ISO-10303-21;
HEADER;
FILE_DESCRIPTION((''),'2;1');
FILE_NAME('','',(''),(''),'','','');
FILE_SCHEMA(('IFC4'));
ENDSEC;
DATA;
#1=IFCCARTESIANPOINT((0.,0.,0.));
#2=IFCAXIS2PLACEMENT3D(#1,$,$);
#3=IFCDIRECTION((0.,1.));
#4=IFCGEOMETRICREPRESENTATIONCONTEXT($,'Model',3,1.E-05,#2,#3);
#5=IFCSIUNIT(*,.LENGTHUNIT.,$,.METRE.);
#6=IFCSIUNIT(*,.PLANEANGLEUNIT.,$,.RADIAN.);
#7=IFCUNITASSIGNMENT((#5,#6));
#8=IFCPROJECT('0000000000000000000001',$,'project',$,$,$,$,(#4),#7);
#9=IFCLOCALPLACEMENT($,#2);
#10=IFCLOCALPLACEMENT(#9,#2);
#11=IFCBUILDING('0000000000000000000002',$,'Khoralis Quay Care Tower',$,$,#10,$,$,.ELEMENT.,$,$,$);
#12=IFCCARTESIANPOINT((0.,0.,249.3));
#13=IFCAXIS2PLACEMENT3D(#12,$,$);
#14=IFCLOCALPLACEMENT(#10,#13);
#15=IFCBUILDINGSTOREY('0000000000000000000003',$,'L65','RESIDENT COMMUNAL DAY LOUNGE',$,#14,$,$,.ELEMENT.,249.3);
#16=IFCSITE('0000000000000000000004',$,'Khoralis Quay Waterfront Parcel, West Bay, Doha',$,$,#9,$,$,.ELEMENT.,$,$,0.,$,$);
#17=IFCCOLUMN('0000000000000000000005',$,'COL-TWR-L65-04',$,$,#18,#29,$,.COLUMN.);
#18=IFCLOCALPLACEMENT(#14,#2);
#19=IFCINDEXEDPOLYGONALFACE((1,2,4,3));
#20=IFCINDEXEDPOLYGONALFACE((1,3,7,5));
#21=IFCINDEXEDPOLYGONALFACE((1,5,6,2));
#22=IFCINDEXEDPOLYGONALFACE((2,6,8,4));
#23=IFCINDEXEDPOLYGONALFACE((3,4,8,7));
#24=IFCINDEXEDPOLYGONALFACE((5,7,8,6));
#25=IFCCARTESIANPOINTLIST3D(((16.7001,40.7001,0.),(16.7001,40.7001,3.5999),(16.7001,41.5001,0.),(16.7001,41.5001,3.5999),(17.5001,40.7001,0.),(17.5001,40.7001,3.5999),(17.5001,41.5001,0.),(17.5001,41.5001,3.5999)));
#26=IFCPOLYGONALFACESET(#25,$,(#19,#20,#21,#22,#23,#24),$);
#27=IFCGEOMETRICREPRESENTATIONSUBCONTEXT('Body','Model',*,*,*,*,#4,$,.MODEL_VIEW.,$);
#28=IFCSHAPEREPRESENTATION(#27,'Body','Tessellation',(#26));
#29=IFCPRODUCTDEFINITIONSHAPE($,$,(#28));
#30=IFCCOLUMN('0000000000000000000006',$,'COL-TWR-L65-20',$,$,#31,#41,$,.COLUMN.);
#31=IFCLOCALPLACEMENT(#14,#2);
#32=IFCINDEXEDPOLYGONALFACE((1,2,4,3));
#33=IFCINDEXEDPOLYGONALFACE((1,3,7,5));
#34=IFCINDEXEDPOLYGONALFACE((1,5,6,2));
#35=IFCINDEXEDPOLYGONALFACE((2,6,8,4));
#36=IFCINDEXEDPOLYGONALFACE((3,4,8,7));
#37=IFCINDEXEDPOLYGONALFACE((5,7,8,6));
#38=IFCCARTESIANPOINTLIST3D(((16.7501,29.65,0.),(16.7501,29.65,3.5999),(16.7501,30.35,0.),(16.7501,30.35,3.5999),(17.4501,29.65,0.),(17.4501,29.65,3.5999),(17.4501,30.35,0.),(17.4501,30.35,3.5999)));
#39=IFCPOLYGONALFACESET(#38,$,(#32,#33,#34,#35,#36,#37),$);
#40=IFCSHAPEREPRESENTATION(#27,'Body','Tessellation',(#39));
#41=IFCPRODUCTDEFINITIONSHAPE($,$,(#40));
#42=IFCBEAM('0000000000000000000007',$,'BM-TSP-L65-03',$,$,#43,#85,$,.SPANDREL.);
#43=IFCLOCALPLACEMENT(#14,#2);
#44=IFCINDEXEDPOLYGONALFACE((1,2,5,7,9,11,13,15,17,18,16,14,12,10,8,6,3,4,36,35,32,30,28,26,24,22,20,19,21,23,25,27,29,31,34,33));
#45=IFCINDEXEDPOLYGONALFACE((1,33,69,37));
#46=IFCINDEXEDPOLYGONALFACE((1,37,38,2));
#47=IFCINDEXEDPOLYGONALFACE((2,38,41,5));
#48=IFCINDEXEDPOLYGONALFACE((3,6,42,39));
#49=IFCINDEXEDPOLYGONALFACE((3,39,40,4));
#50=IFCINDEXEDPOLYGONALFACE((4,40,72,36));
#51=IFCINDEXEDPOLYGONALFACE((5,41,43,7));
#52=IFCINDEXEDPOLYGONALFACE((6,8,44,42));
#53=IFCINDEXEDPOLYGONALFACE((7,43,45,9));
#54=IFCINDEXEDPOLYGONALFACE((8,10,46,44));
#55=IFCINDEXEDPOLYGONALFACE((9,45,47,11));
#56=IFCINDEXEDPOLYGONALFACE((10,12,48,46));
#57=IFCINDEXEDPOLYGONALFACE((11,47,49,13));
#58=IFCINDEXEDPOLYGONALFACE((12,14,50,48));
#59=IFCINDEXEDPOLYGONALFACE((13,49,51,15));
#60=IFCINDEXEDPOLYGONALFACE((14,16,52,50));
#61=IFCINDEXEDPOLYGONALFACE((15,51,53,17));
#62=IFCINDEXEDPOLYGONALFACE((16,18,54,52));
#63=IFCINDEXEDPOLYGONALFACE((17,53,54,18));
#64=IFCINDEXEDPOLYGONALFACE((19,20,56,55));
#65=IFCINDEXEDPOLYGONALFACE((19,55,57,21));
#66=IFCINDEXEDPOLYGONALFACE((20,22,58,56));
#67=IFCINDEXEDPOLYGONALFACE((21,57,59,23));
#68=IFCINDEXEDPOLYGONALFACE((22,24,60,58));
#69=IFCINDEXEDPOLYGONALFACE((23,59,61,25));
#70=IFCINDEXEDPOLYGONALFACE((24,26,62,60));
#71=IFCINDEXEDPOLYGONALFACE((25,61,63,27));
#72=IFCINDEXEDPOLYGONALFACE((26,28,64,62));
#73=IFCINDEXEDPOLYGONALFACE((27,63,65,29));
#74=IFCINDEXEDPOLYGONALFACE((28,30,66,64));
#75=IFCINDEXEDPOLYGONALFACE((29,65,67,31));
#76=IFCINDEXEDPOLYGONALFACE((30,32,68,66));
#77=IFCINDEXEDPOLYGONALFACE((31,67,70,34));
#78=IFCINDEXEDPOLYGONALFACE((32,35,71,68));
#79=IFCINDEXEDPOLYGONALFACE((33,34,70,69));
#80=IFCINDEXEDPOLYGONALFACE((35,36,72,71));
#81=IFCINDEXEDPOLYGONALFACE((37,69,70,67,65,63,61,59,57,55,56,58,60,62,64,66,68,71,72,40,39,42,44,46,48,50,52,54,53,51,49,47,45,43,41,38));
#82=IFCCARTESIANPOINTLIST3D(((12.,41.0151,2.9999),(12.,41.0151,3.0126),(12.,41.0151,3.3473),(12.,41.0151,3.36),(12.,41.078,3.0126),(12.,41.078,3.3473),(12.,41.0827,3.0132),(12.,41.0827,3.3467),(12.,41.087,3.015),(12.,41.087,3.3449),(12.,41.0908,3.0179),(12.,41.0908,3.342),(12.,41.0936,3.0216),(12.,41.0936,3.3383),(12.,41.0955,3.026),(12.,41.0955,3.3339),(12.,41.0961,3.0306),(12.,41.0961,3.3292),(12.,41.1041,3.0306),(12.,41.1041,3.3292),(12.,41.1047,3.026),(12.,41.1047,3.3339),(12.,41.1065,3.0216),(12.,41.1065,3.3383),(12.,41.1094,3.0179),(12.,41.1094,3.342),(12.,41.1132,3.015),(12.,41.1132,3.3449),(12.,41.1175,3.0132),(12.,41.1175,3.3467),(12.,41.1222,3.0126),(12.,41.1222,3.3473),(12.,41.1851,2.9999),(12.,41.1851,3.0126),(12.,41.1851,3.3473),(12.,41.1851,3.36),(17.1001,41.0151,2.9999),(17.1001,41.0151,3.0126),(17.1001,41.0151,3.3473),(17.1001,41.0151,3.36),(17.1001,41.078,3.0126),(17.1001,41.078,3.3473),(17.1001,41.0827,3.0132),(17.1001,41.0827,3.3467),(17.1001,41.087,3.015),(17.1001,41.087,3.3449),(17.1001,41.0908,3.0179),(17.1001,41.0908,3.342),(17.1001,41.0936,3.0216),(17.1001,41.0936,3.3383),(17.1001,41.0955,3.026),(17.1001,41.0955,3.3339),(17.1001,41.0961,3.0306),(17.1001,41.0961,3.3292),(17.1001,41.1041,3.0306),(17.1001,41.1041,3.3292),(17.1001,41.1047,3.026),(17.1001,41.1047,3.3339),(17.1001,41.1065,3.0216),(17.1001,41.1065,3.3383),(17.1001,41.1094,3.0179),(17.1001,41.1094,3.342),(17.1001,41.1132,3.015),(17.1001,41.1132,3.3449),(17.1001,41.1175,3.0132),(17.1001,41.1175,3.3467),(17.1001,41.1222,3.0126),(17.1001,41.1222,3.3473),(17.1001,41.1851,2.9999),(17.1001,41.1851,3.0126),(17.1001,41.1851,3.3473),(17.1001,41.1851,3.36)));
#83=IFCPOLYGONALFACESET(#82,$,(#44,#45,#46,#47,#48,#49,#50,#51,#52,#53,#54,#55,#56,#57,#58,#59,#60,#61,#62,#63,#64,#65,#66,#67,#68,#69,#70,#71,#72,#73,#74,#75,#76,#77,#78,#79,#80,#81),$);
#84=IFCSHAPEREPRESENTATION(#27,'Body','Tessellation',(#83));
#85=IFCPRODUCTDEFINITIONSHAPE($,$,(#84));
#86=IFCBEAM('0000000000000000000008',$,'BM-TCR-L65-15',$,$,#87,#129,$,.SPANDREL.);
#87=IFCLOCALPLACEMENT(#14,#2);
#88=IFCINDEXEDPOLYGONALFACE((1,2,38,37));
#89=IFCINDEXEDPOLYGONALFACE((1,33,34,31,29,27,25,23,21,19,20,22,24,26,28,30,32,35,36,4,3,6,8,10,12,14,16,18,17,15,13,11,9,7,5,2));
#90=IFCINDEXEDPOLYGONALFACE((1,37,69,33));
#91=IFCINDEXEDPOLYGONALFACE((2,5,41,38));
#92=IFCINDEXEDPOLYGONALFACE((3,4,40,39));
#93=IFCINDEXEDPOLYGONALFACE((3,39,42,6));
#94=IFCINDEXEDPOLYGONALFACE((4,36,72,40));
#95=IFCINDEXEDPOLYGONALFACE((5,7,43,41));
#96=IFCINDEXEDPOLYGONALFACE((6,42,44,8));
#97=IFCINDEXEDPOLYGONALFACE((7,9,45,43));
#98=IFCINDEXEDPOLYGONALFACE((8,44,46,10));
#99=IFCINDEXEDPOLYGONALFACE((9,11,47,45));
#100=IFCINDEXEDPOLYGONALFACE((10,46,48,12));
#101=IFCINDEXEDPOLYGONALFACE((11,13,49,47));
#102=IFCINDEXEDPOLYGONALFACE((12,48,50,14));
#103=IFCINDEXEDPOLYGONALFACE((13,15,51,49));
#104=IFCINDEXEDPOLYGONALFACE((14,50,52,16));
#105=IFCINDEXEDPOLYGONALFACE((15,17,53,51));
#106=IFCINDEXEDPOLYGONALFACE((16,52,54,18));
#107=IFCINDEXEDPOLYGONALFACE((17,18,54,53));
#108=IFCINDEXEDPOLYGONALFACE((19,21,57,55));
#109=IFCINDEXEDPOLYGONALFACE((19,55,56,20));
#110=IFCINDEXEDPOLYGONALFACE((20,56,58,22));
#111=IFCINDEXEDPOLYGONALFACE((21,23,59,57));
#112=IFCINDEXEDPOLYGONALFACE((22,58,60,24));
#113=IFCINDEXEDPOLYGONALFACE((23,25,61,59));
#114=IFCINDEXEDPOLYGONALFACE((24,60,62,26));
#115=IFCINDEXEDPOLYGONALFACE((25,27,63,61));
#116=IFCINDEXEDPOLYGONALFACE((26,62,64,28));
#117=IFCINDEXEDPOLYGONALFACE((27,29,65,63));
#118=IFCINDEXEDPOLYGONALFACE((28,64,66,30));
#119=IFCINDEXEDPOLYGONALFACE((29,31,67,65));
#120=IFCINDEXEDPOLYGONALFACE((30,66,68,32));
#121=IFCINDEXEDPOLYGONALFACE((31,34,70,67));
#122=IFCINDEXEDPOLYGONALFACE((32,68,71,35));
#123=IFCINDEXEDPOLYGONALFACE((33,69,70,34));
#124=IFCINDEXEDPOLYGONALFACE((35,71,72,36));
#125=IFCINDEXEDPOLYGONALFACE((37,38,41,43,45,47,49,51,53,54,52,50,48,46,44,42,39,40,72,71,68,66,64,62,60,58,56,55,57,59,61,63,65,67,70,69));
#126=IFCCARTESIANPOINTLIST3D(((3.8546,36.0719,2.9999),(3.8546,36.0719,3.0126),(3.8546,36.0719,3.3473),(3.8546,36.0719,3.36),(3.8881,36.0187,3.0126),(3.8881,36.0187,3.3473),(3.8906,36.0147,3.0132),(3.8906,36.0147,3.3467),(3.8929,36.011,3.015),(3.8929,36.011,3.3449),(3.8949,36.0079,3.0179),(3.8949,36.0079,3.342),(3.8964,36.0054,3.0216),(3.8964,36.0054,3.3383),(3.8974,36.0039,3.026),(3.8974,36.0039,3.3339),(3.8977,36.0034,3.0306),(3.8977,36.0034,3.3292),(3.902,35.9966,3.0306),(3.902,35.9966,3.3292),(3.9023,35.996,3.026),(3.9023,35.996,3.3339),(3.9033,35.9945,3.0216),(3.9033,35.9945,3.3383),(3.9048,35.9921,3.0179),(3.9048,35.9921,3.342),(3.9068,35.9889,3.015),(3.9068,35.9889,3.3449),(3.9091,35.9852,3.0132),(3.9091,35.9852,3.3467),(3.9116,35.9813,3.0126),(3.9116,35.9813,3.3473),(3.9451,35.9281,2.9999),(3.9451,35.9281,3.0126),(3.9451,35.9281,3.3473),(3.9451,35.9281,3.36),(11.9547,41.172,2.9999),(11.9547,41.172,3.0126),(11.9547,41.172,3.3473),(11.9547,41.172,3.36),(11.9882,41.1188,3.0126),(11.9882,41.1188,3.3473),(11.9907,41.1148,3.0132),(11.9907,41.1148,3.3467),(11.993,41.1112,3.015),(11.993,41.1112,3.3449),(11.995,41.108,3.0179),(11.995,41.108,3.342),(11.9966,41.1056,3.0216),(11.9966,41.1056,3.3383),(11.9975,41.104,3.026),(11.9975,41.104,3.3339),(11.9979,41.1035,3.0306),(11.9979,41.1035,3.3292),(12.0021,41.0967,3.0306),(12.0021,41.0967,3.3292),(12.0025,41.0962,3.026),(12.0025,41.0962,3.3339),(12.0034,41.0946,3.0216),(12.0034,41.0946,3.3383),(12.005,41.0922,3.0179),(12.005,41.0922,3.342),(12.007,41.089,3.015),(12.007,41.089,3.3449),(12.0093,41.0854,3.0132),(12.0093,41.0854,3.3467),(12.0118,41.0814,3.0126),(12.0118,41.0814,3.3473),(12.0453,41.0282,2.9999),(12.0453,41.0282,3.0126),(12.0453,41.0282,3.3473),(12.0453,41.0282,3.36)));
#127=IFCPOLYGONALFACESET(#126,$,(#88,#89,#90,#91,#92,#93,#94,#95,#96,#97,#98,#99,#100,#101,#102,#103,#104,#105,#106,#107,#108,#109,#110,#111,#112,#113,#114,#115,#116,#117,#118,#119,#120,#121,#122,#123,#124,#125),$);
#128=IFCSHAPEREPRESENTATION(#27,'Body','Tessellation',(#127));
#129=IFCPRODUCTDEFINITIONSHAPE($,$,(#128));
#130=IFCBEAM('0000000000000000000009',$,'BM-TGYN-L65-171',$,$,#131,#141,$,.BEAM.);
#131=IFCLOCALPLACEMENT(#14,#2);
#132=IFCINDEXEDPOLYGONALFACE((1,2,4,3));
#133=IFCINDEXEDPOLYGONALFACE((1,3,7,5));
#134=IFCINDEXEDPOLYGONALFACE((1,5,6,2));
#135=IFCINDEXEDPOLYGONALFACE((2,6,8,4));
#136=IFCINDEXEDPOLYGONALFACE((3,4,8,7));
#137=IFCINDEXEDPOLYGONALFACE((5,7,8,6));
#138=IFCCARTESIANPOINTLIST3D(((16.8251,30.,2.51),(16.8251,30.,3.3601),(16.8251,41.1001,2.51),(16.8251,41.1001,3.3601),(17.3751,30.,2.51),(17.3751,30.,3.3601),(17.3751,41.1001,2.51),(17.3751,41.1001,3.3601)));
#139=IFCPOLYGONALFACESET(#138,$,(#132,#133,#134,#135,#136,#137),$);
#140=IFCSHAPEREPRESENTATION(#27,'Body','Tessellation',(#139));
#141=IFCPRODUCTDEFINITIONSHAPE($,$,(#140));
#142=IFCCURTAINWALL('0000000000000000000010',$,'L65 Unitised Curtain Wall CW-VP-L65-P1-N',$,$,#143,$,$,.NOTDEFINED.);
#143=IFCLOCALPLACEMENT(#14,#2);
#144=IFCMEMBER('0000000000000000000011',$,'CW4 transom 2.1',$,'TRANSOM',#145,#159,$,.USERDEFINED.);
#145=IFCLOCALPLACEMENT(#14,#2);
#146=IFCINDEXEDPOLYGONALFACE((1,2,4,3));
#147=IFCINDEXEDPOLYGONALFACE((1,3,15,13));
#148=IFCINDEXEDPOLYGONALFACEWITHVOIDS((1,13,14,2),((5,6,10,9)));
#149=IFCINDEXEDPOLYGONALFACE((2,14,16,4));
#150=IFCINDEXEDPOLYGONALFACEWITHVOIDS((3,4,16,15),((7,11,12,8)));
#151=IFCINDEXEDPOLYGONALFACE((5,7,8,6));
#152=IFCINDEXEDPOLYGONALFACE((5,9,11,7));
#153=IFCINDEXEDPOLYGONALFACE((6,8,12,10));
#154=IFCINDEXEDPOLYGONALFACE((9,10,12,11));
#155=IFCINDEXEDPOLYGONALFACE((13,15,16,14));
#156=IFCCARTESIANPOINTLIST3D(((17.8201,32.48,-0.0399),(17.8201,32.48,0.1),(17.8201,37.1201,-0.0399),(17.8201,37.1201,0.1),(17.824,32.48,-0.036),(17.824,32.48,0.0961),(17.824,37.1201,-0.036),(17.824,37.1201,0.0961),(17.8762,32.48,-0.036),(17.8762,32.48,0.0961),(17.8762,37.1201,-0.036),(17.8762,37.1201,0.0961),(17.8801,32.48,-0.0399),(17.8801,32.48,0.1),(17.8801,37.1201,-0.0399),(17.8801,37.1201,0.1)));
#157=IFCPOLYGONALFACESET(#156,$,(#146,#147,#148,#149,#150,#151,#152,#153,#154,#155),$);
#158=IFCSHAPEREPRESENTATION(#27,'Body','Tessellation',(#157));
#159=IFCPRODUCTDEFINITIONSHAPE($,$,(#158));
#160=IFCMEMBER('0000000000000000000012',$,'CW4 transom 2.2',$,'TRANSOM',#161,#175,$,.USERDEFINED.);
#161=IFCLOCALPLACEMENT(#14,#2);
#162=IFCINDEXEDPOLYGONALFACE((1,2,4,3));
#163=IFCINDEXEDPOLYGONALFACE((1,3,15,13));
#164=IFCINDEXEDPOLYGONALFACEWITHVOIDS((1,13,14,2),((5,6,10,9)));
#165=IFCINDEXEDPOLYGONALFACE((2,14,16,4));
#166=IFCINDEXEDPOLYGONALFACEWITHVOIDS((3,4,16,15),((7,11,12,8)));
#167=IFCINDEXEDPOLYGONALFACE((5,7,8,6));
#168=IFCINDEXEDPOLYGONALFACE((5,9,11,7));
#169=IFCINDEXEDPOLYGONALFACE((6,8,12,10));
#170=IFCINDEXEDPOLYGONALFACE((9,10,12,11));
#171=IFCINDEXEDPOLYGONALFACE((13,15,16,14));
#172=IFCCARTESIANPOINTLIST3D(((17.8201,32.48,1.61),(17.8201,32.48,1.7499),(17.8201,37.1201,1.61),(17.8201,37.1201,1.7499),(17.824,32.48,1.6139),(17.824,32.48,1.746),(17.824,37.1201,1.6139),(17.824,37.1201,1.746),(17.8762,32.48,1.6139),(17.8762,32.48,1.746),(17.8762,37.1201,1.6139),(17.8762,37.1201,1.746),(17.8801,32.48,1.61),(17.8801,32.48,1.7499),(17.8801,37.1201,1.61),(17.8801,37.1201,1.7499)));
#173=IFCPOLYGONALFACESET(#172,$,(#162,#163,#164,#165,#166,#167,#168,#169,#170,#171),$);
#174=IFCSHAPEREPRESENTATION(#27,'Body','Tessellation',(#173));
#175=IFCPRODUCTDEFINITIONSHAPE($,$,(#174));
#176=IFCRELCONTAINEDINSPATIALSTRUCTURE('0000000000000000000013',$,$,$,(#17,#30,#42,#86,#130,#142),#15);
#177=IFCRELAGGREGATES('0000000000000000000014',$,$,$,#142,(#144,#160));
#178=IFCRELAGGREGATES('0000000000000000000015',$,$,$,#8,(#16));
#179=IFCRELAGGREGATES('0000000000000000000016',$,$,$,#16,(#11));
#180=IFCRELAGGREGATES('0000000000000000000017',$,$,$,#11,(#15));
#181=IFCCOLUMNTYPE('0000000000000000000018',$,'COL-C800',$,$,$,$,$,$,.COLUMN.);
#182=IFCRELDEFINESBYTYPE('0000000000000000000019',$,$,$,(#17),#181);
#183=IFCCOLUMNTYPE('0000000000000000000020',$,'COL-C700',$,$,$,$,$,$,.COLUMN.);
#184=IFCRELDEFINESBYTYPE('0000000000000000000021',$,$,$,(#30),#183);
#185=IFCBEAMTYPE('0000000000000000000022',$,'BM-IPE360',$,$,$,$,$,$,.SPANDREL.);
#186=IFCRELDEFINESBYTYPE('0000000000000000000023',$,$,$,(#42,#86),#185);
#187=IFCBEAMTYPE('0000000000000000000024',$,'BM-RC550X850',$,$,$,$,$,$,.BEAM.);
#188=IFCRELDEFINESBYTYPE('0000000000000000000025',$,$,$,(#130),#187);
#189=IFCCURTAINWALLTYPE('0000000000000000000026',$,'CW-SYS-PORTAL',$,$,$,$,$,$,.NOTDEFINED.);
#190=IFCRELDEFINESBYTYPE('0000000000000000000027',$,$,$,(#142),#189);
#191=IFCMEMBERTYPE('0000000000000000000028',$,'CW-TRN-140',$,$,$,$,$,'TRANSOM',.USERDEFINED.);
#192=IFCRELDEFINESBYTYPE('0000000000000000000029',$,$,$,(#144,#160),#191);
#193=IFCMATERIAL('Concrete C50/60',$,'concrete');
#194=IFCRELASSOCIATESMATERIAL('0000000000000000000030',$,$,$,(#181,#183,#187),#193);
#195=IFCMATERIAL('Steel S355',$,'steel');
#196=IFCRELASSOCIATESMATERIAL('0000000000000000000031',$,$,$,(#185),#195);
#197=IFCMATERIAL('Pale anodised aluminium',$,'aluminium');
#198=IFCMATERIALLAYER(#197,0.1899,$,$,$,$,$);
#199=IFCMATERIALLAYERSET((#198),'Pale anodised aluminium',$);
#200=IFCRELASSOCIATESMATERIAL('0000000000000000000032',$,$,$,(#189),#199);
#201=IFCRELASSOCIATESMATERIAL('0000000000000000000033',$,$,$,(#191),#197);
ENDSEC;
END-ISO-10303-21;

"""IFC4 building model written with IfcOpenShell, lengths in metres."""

from ifc_helpers import new_model, si_unit, direction, frame, origin, origin_2d, place, context, subcontext, project, spatial, rectangle, hollow_rectangle, i_section, extrude, source, transform, mapped, material, layer, layer_set, material_profile, profile_set, type_object, element, aggregate, save


model = new_model("IFC4")

# Units and contexts
model_context = context("Model", 3, precision=1e-05, world=origin(), true_north=direction((0.0, 1.0)))
body_context = subcontext(model_context, "Body", "Model", "MODEL_VIEW")
ifc_project = project(units=[si_unit("LENGTHUNIT", "METRE"), si_unit("PLANEANGLEUNIT", "RADIAN")], contexts=[model_context])

# Site, building, storey
site_placement = place(None, origin())
site = spatial("IfcSite", under=ifc_project, at=site_placement, Name="Khoralis Quay Waterfront Parcel, West Bay, Doha", CompositionType="ELEMENT", RefElevation=0.0)
building_placement = place(site_placement, origin())
building = spatial("IfcBuilding", under=site, at=building_placement, Name="Khoralis Quay Care Tower", CompositionType="ELEMENT")
storey_placement = place(building_placement, frame((0.0, 0.0, 249.3)))
storey = spatial("IfcBuildingStorey", under=building, at=storey_placement, Name="L65", Description="RESIDENT COMMUNAL DAY LOUNGE", CompositionType="ELEMENT", Elevation=249.3)

# Columns
ifc_material_1 = material(Name="Concrete C50/60", Category="concrete")
ifc_material_profile_1 = material_profile(ifc_material_1, rectangle(XDim=0.8, YDim=0.8, at=origin_2d()), Name="Concrete C50/60")
ifc_profile_set_1 = profile_set([ifc_material_profile_1], Name="Concrete C50/60")
column_type_1 = type_object("IfcColumnType", Name="COL-C800", PredefinedType="COLUMN", material=ifc_profile_set_1)
shared_shape_1 = source(origin(), body_context, "Body", "SweptSolid", [
    extrude(rectangle(XDim=0.8, YDim=0.8, at=origin_2d()), origin(), (0.0, 0.0, 1.0), 3.5999),
])
column_1_placement = place(storey_placement, frame((17.1001, 41.1001, 0.0), z_axis=(0.0, 0.0, 1.0), x_axis=(1.0, 0.0, 0.0)))
element("IfcColumn", 1, at=column_1_placement, inside=storey, type_object=column_type_1, Name="COL-TWR-L65-04", PredefinedType="COLUMN", context=body_context, shape_type="MappedRepresentation", body=[
    mapped(shared_shape_1, transform((0.0, 0.0, 0.0), scale=1.0)),
])
ifc_material_profile_2 = material_profile(ifc_material_1, rectangle(XDim=0.7, YDim=0.7, at=origin_2d()), Name="Concrete C50/60")
ifc_profile_set_2 = profile_set([ifc_material_profile_2], Name="Concrete C50/60")
column_type_2 = type_object("IfcColumnType", Name="COL-C700", PredefinedType="COLUMN", material=ifc_profile_set_2)
shared_shape_2 = source(origin(), body_context, "Body", "SweptSolid", [
    extrude(rectangle(XDim=0.7, YDim=0.7, at=origin_2d()), origin(), (0.0, 0.0, 1.0), 3.5999),
])
column_2_placement = place(storey_placement, frame((17.1001, 30.0, 0.0), z_axis=(0.0, 0.0, 1.0), x_axis=(1.0, 0.0, 0.0)))
element("IfcColumn", 2, at=column_2_placement, inside=storey, type_object=column_type_2, Name="COL-TWR-L65-20", PredefinedType="COLUMN", context=body_context, shape_type="MappedRepresentation", body=[
    mapped(shared_shape_2, transform((0.0, 0.0, 0.0), scale=1.0)),
])

# Beams
ifc_material_2 = material(Name="Steel S355", Category="steel")
ifc_material_profile_3 = material_profile(ifc_material_2, i_section(OverallWidth=0.1699, OverallDepth=0.3601, WebThickness=0.0081, FlangeThickness=0.0127, FilletRadius=0.0181, at=origin_2d()), Name="Steel S355")
ifc_profile_set_3 = profile_set([ifc_material_profile_3], Name="Steel S355")
beam_type_1 = type_object("IfcBeamType", Name="BM-IPE360", PredefinedType="SPANDREL", material=ifc_profile_set_3)
shared_shape_3 = source(origin(), body_context, "Body", "SweptSolid", [
    extrude(i_section(OverallWidth=0.1699, OverallDepth=0.3601, WebThickness=0.0081, FlangeThickness=0.0127, FilletRadius=0.0181, at=origin_2d()), origin(), (0.0, 0.0, 1.0), 5.1001),
])
beam_1_placement = place(storey_placement, frame((12.0, 41.1001, 3.1799), z_axis=(1.0, 0.0, 0.0), x_axis=(0.0, 1.0, 0.0)))
element("IfcBeam", 3, at=beam_1_placement, inside=storey, type_object=beam_type_1, Name="BM-TSP-L65-03", PredefinedType="SPANDREL", context=body_context, shape_type="MappedRepresentation", body=[
    mapped(shared_shape_3, transform((0.0, 0.0, 0.0), scale=1.0)),
])
shared_shape_4 = source(origin(), body_context, "Body", "SweptSolid", [
    extrude(i_section(OverallWidth=0.1699, OverallDepth=0.3601, WebThickness=0.0081, FlangeThickness=0.0127, FilletRadius=0.0181, at=origin_2d()), origin(), (0.0, 0.0, 1.0), 9.572),
])
beam_2_placement = place(storey_placement, frame((12.0, 41.1001, 3.1799), z_axis=(-0.846231, -0.532816, 0.0), x_axis=(0.532816, -0.846231, 0.0)))
element("IfcBeam", 4, at=beam_2_placement, inside=storey, type_object=beam_type_1, Name="BM-TCR-L65-15", PredefinedType="SPANDREL", context=body_context, shape_type="MappedRepresentation", body=[
    mapped(shared_shape_4, transform((0.0, 0.0, 0.0), scale=1.0)),
])
ifc_material_profile_4 = material_profile(ifc_material_1, rectangle(XDim=0.55, YDim=0.8501, at=origin_2d()), Name="Concrete C50/60")
ifc_profile_set_4 = profile_set([ifc_material_profile_4], Name="Concrete C50/60")
beam_type_2 = type_object("IfcBeamType", Name="BM-RC550X850", PredefinedType="BEAM", material=ifc_profile_set_4)
shared_shape_5 = source(origin(), body_context, "Body", "SweptSolid", [
    extrude(rectangle(XDim=0.55, YDim=0.8501, at=origin_2d()), origin(), (0.0, 0.0, 1.0), 11.1001),
])
beam_3_placement = place(storey_placement, frame((17.1001, 30.0, 2.9351), z_axis=(0.0, 1.0, 0.0), x_axis=(-1.0, 0.0, 0.0)))
element("IfcBeam", 5, at=beam_3_placement, inside=storey, type_object=beam_type_2, Name="BM-TGYN-L65-171", PredefinedType="BEAM", context=body_context, shape_type="MappedRepresentation", body=[
    mapped(shared_shape_5, transform((0.0, 0.0, 0.0), scale=1.0)),
])

# Curtain wall, members
ifc_material_3 = material(Name="Pale anodised aluminium", Category="aluminium")
ifc_layer_1 = layer(ifc_material_3, 0.1899)
ifc_layer_set_1 = layer_set([ifc_layer_1], Name="Pale anodised aluminium")
curtain_wall_type = type_object("IfcCurtainWallType", Name="CW-SYS-PORTAL", PredefinedType="NOTDEFINED", material=ifc_layer_set_1)
curtain_wall_placement = place(storey_placement, origin())
curtain_wall = element("IfcCurtainWall", 6, at=curtain_wall_placement, inside=storey, type_object=curtain_wall_type, Name="L65 Unitised Curtain Wall CW-VP-L65-P1-N", PredefinedType="NOTDEFINED")
ifc_material_profile_5 = material_profile(ifc_material_3, hollow_rectangle(XDim=0.0601, YDim=0.1399, WallThickness=0.0039, at=origin_2d()), Name="Pale anodised aluminium")
ifc_profile_set_5 = profile_set([ifc_material_profile_5], Name="Pale anodised aluminium")
member_type_1 = type_object("IfcMemberType", Name="CW-TRN-140", ElementType="TRANSOM", PredefinedType="USERDEFINED", material=ifc_profile_set_5)
shared_shape_6 = source(origin(), body_context, "Body", "SweptSolid", [
    extrude(hollow_rectangle(XDim=0.0601, YDim=0.1399, WallThickness=0.0039, at=origin_2d()), origin(), (0.0, 0.0, 1.0), 4.6401),
])
member_1_placement = place(storey_placement, frame((17.8501, 32.48, 0.03), z_axis=(0.0, 1.0, 0.0), x_axis=(-1.0, 0.0, 0.0)))
member_1 = element("IfcMember", 7, at=member_1_placement, type_object=member_type_1, Name="CW4 transom 2.1", ObjectType="TRANSOM", PredefinedType="USERDEFINED", context=body_context, shape_type="MappedRepresentation", body=[
    mapped(shared_shape_6, transform((0.0, 0.0, 0.0), scale=1.0)),
])
member_2_placement = place(storey_placement, frame((17.8501, 32.48, 1.6799), z_axis=(0.0, 1.0, 0.0), x_axis=(-1.0, 0.0, 0.0)))
member_2 = element("IfcMember", 8, at=member_2_placement, type_object=member_type_1, Name="CW4 transom 2.2", ObjectType="TRANSOM", PredefinedType="USERDEFINED", context=body_context, shape_type="MappedRepresentation", body=[
    mapped(shared_shape_6, transform((0.0, 0.0, 0.0), scale=1.0)),
])
aggregate(curtain_wall, [member_1, member_2])

save(model, "model.ifc")
